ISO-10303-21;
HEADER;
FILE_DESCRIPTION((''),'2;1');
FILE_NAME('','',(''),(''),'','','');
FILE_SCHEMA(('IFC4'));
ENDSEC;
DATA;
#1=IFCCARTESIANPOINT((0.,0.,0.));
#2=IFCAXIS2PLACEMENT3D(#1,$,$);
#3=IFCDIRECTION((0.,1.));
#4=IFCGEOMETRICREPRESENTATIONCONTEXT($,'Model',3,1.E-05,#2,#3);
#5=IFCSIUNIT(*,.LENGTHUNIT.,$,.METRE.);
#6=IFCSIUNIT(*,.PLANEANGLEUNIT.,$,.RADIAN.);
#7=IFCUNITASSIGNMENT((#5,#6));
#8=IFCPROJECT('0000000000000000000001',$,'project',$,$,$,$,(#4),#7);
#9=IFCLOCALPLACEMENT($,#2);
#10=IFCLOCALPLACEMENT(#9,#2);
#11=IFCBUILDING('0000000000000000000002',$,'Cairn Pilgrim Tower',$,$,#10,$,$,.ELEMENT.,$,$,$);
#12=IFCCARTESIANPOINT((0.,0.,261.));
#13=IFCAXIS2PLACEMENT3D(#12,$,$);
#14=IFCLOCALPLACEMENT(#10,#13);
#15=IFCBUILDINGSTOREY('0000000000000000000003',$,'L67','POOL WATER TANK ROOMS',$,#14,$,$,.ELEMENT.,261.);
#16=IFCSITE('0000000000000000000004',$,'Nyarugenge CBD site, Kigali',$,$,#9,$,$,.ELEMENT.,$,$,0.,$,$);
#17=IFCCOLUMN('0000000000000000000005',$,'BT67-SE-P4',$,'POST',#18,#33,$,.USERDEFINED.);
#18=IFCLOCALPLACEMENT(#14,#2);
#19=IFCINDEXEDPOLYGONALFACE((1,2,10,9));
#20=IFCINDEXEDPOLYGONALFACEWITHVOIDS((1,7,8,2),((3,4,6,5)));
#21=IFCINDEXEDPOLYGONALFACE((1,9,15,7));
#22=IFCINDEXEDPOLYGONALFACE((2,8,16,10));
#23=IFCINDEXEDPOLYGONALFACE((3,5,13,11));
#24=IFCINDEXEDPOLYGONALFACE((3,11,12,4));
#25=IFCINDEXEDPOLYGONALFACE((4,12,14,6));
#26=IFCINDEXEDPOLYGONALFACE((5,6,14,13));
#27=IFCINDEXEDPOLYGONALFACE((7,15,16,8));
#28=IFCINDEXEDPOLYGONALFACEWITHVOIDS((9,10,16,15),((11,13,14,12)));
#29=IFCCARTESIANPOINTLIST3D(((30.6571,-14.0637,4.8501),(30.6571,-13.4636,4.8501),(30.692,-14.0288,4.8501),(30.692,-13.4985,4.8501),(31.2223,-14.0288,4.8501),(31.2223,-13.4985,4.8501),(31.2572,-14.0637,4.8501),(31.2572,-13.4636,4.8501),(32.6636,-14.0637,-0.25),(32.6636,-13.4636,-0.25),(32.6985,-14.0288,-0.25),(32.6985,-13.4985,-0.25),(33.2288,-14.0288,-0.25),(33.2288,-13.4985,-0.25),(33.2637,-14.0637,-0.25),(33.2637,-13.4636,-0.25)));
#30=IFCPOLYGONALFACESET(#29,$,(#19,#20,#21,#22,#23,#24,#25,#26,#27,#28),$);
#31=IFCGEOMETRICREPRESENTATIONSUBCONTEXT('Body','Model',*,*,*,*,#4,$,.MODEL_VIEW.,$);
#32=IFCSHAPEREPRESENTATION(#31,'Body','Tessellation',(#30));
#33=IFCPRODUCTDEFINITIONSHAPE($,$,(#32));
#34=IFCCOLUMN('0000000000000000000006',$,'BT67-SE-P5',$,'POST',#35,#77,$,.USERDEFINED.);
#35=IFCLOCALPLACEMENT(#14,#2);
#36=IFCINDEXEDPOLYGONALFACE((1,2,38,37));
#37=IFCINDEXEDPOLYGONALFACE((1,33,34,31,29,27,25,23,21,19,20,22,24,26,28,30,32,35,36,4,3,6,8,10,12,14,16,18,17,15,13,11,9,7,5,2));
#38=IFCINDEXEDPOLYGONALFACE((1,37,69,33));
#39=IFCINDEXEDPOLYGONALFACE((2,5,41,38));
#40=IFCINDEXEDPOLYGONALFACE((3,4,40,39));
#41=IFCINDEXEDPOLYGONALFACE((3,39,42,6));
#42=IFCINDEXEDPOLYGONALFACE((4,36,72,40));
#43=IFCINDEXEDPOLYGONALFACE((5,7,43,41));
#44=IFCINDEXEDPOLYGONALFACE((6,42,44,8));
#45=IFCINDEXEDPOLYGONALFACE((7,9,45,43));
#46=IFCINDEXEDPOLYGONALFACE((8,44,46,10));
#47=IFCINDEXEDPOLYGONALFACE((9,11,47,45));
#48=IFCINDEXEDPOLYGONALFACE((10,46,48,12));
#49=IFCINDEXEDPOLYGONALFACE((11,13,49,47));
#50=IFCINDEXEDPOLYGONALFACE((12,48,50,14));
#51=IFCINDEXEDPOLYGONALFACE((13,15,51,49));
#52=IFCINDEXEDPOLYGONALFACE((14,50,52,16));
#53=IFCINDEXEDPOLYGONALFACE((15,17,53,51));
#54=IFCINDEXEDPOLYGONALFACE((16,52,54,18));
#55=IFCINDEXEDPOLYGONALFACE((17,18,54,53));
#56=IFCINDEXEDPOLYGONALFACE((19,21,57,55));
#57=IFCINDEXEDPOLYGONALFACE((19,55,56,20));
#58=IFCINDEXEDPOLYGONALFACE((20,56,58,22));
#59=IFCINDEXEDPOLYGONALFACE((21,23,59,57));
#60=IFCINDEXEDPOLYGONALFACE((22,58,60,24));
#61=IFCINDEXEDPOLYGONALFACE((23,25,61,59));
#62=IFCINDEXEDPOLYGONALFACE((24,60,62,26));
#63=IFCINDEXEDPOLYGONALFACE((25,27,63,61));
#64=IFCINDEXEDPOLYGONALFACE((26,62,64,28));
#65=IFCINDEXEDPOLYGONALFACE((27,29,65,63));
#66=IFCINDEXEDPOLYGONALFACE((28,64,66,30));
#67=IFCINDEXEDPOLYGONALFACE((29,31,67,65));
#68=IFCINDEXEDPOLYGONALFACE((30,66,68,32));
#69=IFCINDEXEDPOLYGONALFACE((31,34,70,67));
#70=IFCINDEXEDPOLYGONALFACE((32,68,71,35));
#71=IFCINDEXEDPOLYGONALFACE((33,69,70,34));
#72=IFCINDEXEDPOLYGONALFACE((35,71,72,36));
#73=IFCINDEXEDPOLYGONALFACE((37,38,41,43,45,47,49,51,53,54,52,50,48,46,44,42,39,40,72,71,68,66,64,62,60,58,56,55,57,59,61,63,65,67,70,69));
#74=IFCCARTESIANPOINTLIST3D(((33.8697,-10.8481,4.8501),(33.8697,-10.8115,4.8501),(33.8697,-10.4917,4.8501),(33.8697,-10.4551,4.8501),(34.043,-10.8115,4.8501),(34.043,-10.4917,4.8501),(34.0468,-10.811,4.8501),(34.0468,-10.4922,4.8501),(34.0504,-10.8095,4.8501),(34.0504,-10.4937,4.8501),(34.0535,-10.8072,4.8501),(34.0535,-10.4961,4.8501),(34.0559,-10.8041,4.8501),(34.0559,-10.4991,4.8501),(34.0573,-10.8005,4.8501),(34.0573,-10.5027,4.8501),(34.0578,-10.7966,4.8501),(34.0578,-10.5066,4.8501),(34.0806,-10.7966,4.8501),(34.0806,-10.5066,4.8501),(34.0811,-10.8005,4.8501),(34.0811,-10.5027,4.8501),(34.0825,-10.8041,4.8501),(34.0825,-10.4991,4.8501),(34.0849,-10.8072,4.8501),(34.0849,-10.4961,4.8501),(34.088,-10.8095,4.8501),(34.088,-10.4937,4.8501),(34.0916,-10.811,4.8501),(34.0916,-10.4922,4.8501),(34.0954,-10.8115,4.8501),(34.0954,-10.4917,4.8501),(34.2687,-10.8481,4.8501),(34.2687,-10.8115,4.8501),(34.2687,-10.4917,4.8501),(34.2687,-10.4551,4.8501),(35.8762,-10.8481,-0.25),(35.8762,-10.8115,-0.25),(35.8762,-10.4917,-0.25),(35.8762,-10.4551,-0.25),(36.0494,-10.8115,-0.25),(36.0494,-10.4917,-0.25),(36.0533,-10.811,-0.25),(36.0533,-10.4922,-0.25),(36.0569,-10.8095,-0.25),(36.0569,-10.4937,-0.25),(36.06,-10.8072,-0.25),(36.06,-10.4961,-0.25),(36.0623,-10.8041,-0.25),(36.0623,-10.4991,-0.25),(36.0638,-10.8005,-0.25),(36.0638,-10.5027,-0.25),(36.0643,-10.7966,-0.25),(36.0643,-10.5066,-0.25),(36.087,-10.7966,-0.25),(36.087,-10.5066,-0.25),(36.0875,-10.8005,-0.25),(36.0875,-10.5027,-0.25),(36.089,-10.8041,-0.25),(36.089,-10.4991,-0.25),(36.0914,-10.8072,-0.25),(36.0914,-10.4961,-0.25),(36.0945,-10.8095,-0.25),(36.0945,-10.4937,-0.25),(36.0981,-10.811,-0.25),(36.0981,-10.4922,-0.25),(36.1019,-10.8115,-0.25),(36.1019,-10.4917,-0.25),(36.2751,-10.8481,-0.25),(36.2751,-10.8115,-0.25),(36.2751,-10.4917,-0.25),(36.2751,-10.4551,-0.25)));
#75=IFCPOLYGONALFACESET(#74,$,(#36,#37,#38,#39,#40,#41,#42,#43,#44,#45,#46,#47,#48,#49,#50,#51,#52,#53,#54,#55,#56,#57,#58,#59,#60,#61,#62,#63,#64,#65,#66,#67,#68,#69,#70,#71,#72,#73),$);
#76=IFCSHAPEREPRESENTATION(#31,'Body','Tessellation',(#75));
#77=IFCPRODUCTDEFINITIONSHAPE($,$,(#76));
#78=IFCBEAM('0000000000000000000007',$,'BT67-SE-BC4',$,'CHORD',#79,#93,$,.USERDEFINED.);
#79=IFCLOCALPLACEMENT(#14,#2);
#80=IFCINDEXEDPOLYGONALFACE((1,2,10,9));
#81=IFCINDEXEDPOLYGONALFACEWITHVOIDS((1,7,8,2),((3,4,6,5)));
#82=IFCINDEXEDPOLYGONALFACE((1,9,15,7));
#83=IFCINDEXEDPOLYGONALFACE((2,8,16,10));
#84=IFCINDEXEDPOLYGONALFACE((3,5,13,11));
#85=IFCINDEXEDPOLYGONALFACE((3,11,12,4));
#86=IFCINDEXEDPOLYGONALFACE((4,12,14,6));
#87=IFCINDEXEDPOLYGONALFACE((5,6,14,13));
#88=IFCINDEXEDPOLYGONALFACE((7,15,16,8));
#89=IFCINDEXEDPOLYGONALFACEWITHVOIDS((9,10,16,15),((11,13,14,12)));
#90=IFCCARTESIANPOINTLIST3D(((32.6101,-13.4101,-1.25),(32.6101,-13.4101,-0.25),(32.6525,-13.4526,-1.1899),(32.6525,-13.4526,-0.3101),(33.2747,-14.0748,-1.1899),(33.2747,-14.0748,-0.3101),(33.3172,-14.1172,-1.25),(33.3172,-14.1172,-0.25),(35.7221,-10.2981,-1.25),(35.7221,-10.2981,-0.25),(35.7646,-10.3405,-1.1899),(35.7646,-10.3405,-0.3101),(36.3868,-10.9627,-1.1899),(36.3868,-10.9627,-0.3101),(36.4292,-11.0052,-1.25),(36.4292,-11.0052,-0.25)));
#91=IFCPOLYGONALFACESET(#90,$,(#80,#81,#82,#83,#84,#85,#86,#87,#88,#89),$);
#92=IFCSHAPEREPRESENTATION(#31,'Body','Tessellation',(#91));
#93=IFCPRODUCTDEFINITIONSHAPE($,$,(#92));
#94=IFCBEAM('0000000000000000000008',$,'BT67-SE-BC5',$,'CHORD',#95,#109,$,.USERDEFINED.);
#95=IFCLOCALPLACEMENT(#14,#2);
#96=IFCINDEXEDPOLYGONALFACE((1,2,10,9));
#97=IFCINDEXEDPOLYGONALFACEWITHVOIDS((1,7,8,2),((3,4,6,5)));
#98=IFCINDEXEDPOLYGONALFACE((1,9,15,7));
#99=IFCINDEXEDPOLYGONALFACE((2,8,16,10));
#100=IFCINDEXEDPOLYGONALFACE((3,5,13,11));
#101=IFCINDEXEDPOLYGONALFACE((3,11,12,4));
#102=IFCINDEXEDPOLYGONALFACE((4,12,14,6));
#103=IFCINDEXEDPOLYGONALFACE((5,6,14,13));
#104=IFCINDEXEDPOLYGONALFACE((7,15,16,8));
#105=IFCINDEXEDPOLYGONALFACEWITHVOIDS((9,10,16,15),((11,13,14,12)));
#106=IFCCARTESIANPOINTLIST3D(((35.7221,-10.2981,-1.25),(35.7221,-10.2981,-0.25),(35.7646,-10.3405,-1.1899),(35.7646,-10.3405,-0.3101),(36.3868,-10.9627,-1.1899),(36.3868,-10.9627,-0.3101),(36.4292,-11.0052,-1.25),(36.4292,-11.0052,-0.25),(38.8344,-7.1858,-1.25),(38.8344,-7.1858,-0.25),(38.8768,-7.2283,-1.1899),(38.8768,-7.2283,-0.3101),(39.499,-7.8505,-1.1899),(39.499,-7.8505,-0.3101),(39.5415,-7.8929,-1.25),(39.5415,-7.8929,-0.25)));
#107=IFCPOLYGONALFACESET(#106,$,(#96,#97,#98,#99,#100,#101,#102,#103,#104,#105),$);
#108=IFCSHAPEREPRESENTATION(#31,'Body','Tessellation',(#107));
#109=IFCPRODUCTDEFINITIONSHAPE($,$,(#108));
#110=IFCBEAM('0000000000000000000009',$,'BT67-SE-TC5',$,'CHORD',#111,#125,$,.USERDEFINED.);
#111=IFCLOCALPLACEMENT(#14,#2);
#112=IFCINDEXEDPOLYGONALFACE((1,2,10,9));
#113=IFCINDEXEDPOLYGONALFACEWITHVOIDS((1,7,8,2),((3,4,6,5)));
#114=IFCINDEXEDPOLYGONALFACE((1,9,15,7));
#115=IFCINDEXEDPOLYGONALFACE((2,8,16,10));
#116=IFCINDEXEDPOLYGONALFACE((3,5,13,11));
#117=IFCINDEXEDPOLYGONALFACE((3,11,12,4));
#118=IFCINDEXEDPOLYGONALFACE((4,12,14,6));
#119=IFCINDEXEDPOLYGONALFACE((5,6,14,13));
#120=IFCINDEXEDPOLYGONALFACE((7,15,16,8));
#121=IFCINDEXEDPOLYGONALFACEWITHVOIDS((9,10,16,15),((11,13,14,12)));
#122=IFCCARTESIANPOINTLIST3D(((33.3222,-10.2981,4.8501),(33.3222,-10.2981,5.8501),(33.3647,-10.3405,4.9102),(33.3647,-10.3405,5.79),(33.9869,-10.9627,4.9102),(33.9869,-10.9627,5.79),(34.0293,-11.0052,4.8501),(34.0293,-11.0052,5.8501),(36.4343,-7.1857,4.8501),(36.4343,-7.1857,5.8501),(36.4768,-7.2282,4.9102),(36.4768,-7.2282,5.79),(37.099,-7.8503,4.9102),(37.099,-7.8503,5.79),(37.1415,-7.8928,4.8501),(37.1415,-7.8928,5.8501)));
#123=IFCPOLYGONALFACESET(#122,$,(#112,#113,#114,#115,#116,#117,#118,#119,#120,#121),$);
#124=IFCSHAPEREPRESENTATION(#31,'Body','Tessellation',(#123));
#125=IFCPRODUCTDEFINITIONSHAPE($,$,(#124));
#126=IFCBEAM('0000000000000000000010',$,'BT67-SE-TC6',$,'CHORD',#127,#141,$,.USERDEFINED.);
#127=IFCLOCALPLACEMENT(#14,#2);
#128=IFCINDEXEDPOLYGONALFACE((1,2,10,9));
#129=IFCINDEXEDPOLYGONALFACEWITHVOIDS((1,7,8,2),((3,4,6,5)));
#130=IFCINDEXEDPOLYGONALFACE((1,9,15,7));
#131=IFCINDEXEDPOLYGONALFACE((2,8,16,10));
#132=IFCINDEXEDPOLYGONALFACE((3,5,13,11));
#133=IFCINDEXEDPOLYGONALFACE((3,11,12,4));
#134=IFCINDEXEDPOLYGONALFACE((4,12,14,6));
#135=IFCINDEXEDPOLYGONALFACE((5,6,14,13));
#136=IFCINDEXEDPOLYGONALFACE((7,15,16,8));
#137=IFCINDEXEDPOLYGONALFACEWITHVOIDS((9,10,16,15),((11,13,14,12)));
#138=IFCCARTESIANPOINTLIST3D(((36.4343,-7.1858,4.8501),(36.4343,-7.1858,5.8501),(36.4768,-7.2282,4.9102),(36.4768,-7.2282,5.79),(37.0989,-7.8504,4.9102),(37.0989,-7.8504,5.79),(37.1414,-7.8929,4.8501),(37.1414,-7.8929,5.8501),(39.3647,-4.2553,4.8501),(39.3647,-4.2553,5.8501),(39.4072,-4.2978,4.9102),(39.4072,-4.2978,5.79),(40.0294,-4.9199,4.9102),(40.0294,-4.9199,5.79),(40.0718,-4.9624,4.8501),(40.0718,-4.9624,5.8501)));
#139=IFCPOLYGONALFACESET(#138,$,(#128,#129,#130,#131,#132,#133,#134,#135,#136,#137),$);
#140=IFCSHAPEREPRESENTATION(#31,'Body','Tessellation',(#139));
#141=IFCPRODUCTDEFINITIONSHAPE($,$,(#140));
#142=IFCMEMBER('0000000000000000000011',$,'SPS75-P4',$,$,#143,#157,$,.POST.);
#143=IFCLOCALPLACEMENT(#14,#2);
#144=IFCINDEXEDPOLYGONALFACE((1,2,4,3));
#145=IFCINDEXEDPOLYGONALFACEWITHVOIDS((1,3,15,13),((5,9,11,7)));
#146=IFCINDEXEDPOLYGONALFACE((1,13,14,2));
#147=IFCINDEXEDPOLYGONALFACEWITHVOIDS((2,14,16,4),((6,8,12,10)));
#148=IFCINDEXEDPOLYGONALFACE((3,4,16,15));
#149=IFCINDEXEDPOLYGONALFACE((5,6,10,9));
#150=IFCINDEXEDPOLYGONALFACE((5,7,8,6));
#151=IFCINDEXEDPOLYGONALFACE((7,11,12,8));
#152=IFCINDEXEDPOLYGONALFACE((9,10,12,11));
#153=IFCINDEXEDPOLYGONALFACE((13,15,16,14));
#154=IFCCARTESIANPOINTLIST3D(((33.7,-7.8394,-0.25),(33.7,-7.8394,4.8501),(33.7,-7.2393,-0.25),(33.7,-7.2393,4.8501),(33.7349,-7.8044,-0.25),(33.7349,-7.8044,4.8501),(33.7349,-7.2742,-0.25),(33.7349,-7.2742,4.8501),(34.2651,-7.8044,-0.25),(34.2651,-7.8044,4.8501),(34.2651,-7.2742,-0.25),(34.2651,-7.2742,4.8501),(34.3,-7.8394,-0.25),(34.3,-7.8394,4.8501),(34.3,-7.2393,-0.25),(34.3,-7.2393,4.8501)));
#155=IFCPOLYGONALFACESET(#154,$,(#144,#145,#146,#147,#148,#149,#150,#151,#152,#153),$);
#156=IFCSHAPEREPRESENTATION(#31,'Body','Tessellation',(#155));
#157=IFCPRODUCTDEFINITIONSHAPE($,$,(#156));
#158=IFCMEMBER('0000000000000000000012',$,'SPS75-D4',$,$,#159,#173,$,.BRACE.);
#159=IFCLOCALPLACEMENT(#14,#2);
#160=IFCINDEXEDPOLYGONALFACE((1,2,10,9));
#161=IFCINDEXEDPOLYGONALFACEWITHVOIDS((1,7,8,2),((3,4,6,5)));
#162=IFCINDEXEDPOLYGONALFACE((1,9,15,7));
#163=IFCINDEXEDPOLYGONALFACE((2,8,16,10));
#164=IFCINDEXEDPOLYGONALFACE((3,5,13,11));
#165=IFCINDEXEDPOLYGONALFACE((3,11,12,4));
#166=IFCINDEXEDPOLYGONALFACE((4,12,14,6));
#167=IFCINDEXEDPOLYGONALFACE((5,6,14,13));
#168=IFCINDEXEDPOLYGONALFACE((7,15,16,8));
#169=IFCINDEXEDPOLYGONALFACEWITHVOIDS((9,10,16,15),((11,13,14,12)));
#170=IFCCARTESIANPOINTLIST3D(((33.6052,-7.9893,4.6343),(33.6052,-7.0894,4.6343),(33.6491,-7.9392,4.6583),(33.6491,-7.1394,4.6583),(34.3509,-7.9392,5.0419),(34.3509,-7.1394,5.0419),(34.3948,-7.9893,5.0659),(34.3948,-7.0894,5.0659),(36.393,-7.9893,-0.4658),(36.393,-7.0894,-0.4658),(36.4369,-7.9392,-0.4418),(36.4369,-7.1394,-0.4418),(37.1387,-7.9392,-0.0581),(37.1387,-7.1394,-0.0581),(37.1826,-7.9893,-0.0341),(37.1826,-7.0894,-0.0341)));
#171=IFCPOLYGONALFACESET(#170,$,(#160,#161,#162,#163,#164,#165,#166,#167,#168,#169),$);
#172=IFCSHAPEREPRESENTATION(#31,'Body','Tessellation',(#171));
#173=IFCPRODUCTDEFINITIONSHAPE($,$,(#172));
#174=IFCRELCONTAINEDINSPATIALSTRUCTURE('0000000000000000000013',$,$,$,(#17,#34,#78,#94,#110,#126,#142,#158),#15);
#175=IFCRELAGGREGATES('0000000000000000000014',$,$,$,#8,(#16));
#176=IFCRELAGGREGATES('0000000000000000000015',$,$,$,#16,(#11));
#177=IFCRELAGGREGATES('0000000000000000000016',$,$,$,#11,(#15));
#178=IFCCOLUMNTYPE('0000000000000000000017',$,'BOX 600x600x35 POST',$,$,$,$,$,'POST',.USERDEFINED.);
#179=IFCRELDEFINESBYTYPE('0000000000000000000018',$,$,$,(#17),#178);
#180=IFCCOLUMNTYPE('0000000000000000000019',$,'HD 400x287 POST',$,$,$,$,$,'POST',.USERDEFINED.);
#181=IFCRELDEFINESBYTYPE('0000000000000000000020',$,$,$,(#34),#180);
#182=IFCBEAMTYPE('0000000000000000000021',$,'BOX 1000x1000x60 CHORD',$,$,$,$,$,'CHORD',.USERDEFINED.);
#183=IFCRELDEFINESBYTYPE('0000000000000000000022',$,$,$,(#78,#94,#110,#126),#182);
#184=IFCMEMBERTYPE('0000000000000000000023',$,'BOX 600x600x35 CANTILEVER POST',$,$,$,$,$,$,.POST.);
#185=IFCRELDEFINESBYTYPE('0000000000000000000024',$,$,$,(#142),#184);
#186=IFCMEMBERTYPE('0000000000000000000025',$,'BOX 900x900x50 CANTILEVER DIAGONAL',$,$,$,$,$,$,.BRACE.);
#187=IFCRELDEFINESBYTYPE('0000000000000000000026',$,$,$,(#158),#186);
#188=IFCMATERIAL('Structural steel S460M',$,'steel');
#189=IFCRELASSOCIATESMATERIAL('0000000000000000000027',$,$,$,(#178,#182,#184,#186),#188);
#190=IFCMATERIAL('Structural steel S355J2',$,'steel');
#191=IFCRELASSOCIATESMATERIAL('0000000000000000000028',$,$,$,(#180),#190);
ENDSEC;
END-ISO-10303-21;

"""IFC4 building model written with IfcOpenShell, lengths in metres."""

from ifc_helpers import new_model, si_unit, direction, frame, origin, origin_2d, place, context, subcontext, project, spatial, hollow_rectangle, i_section, extrude, clip, halfspace, material, material_profile, profile_set, type_object, element, save


model = new_model("IFC4")

# Units and contexts
model_context = context("Model", 3, precision=1e-05, world=origin(), true_north=direction((0.0, 1.0)))
body_context = subcontext(model_context, "Body", "Model", "MODEL_VIEW")
ifc_project = project(units=[si_unit("LENGTHUNIT", "METRE"), si_unit("PLANEANGLEUNIT", "RADIAN")], contexts=[model_context])

# Site, building, storey
site_placement = place(None, origin())
site = spatial("IfcSite", under=ifc_project, at=site_placement, Name="Nyarugenge CBD site, Kigali", CompositionType="ELEMENT", RefElevation=0.0)
building_placement = place(site_placement, origin())
building = spatial("IfcBuilding", under=site, at=building_placement, Name="Cairn Pilgrim Tower", CompositionType="ELEMENT")
storey_placement = place(building_placement, frame((0.0, 0.0, 261.0)))
storey = spatial("IfcBuildingStorey", under=building, at=storey_placement, Name="L67", Description="POOL WATER TANK ROOMS", CompositionType="ELEMENT", Elevation=261.0)

# Columns
ifc_material_1 = material(Name="Structural steel S460M", Category="steel")
ifc_material_profile_1 = material_profile(ifc_material_1, hollow_rectangle(XDim=0.6001, YDim=0.6001, WallThickness=0.0349, at=origin_2d()), Name="BOX 600x600x35")
ifc_profile_set_1 = profile_set([ifc_material_profile_1], Name="Structural steel S460M")
column_type_1 = type_object("IfcColumnType", Name="BOX 600x600x35 POST", ElementType="POST", PredefinedType="USERDEFINED", material=ifc_profile_set_1)
column_1_placement = place(storey_placement, frame((32.9636, -13.7637, -0.25), z_axis=(0.0, 0.0, 1.0), x_axis=(1.0, 0.0, 0.0)))
element("IfcColumn", 1, at=column_1_placement, inside=storey, type_object=column_type_1, Name="BT67-SE-P4", ObjectType="POST", PredefinedType="USERDEFINED", context=body_context, shape_type="Clipping", body=[
    clip(extrude(hollow_rectangle(XDim=0.6001, YDim=0.6001, WallThickness=0.0349, at=origin_2d()), origin(), (-0.366106, 0.0, 0.930573), 6.5552), halfspace(frame((0.0, 0.0, 5.1001), z_axis=(0.0, 0.0, 1.0), x_axis=(1.0, 0.0, 0.0)), False)),
])
ifc_material_2 = material(Name="Structural steel S355J2", Category="steel")
ifc_material_profile_2 = material_profile(ifc_material_2, i_section(OverallWidth=0.3989, OverallDepth=0.3931, WebThickness=0.0227, FlangeThickness=0.0366, FilletRadius=0.0149, at=origin_2d()), Name="HD 400x287")
ifc_profile_set_2 = profile_set([ifc_material_profile_2], Name="Structural steel S355J2")
column_type_2 = type_object("IfcColumnType", Name="HD 400x287 POST", ElementType="POST", PredefinedType="USERDEFINED", material=ifc_profile_set_2)
column_2_placement = place(storey_placement, frame((36.0757, -10.6516, -0.25), z_axis=(0.0, 0.0, 1.0), x_axis=(1.0, 0.0, 0.0)))
element("IfcColumn", 2, at=column_2_placement, inside=storey, type_object=column_type_2, Name="BT67-SE-P5", ObjectType="POST", PredefinedType="USERDEFINED", context=body_context, shape_type="Clipping", body=[
    clip(extrude(i_section(OverallWidth=0.3989, OverallDepth=0.3931, WebThickness=0.0227, FlangeThickness=0.0366, FilletRadius=0.0149, at=origin_2d()), origin(), (-0.366106, 0.0, 0.930573), 6.5552), halfspace(frame((0.0, 0.0, 5.1001), z_axis=(0.0, 0.0, 1.0), x_axis=(1.0, 0.0, 0.0)), False)),
])

# Beams
ifc_material_profile_3 = material_profile(ifc_material_1, hollow_rectangle(XDim=1.0, YDim=1.0, WallThickness=0.0601, at=origin_2d()), Name="BOX 1000x1000x60")
ifc_profile_set_3 = profile_set([ifc_material_profile_3], Name="Structural steel S460M")
beam_type_1 = type_object("IfcBeamType", Name="BOX 1000x1000x60 CHORD", ElementType="CHORD", PredefinedType="USERDEFINED", material=ifc_profile_set_3)
beam_1_placement = place(storey_placement, frame((32.9636, -13.7637, -0.75), z_axis=(0.707107, 0.707107, 0.0), x_axis=(-0.707107, 0.707107, 0.0)))
element("IfcBeam", 3, at=beam_1_placement, inside=storey, type_object=beam_type_1, Name="BT67-SE-BC4", ObjectType="CHORD", PredefinedType="USERDEFINED", context=body_context, shape_type="SweptSolid", body=[
    extrude(hollow_rectangle(XDim=1.0, YDim=1.0, WallThickness=0.0601, at=origin_2d()), origin(), (0.0, 0.0, 1.0), 4.4011),
])
for number, where, z_axis, x_axis, name in (
    (4, (36.0757, -10.6516, -0.75), (0.707107, 0.707107, 0.0), (-0.707107, 0.707107, 0.0), "BT67-SE-BC5"),
    (5, (33.6758, -10.6516, 5.3501), (0.707079, 0.707135, 0.0), (-0.707135, 0.707079, 0.0), "BT67-SE-TC5"),
):
    element("IfcBeam", number, at=place(storey_placement, frame(where, z_axis=z_axis, x_axis=x_axis)), inside=storey, type_object=beam_type_1, Name=name, ObjectType="CHORD", PredefinedType="USERDEFINED", context=body_context, shape_type="SweptSolid", body=[
        extrude(hollow_rectangle(XDim=1.0, YDim=1.0, WallThickness=0.0601, at=origin_2d()), origin(), (0.0, 0.0, 1.0), 4.4014),
    ])
beam_2_placement = place(storey_placement, frame((36.7878, -7.5393, 5.3501), z_axis=(0.707107, 0.707107, 0.0), x_axis=(-0.707107, 0.707107, 0.0)))
element("IfcBeam", 6, at=beam_2_placement, inside=storey, type_object=beam_type_1, Name="BT67-SE-TC6", ObjectType="CHORD", PredefinedType="USERDEFINED", context=body_context, shape_type="SweptSolid", body=[
    extrude(hollow_rectangle(XDim=1.0, YDim=1.0, WallThickness=0.0601, at=origin_2d()), origin(), (0.0, 0.0, 1.0), 4.1443),
])

# Members
ifc_material_profile_4 = material_profile(ifc_material_1, hollow_rectangle(XDim=0.6001, YDim=0.6001, WallThickness=0.0349, at=origin_2d()), Name="BOX 600x600x35")
ifc_profile_set_4 = profile_set([ifc_material_profile_4], Name="Structural steel S460M")
member_type_1 = type_object("IfcMemberType", Name="BOX 600x600x35 CANTILEVER POST", PredefinedType="POST", material=ifc_profile_set_4)
member_1_placement = place(storey_placement, frame((34.0, -7.5393, -0.25), z_axis=(0.0, 0.0, 1.0), x_axis=(1.0, 0.0, 0.0)))
element("IfcMember", 7, at=member_1_placement, inside=storey, type_object=member_type_1, Name="SPS75-P4", PredefinedType="POST", context=body_context, shape_type="SweptSolid", body=[
    extrude(hollow_rectangle(XDim=0.6001, YDim=0.6001, WallThickness=0.0349, at=origin_2d()), origin(), (0.0, 0.0, 1.0), 5.1001),
])
ifc_material_profile_5 = material_profile(ifc_material_1, hollow_rectangle(XDim=0.8999, YDim=0.8999, WallThickness=0.05, at=origin_2d()), Name="BOX 900x900x50")
ifc_profile_set_5 = profile_set([ifc_material_profile_5], Name="Structural steel S460M")
member_type_2 = type_object("IfcMemberType", Name="BOX 900x900x50 CANTILEVER DIAGONAL", PredefinedType="BRACE", material=ifc_profile_set_5)
member_2_placement = place(storey_placement, frame((34.0, -7.5393, 4.8501), z_axis=(0.479644, 0.0, -0.877463), x_axis=(0.0, 1.0, 0.0)))
element("IfcMember", 8, at=member_2_placement, inside=storey, type_object=member_type_2, Name="SPS75-D4", PredefinedType="BRACE", context=body_context, shape_type="SweptSolid", body=[
    extrude(hollow_rectangle(XDim=0.8999, YDim=0.8999, WallThickness=0.05, at=origin_2d()), origin(), (0.0, 0.0, 1.0), 5.8123),
])

save(model, "model.ifc")
